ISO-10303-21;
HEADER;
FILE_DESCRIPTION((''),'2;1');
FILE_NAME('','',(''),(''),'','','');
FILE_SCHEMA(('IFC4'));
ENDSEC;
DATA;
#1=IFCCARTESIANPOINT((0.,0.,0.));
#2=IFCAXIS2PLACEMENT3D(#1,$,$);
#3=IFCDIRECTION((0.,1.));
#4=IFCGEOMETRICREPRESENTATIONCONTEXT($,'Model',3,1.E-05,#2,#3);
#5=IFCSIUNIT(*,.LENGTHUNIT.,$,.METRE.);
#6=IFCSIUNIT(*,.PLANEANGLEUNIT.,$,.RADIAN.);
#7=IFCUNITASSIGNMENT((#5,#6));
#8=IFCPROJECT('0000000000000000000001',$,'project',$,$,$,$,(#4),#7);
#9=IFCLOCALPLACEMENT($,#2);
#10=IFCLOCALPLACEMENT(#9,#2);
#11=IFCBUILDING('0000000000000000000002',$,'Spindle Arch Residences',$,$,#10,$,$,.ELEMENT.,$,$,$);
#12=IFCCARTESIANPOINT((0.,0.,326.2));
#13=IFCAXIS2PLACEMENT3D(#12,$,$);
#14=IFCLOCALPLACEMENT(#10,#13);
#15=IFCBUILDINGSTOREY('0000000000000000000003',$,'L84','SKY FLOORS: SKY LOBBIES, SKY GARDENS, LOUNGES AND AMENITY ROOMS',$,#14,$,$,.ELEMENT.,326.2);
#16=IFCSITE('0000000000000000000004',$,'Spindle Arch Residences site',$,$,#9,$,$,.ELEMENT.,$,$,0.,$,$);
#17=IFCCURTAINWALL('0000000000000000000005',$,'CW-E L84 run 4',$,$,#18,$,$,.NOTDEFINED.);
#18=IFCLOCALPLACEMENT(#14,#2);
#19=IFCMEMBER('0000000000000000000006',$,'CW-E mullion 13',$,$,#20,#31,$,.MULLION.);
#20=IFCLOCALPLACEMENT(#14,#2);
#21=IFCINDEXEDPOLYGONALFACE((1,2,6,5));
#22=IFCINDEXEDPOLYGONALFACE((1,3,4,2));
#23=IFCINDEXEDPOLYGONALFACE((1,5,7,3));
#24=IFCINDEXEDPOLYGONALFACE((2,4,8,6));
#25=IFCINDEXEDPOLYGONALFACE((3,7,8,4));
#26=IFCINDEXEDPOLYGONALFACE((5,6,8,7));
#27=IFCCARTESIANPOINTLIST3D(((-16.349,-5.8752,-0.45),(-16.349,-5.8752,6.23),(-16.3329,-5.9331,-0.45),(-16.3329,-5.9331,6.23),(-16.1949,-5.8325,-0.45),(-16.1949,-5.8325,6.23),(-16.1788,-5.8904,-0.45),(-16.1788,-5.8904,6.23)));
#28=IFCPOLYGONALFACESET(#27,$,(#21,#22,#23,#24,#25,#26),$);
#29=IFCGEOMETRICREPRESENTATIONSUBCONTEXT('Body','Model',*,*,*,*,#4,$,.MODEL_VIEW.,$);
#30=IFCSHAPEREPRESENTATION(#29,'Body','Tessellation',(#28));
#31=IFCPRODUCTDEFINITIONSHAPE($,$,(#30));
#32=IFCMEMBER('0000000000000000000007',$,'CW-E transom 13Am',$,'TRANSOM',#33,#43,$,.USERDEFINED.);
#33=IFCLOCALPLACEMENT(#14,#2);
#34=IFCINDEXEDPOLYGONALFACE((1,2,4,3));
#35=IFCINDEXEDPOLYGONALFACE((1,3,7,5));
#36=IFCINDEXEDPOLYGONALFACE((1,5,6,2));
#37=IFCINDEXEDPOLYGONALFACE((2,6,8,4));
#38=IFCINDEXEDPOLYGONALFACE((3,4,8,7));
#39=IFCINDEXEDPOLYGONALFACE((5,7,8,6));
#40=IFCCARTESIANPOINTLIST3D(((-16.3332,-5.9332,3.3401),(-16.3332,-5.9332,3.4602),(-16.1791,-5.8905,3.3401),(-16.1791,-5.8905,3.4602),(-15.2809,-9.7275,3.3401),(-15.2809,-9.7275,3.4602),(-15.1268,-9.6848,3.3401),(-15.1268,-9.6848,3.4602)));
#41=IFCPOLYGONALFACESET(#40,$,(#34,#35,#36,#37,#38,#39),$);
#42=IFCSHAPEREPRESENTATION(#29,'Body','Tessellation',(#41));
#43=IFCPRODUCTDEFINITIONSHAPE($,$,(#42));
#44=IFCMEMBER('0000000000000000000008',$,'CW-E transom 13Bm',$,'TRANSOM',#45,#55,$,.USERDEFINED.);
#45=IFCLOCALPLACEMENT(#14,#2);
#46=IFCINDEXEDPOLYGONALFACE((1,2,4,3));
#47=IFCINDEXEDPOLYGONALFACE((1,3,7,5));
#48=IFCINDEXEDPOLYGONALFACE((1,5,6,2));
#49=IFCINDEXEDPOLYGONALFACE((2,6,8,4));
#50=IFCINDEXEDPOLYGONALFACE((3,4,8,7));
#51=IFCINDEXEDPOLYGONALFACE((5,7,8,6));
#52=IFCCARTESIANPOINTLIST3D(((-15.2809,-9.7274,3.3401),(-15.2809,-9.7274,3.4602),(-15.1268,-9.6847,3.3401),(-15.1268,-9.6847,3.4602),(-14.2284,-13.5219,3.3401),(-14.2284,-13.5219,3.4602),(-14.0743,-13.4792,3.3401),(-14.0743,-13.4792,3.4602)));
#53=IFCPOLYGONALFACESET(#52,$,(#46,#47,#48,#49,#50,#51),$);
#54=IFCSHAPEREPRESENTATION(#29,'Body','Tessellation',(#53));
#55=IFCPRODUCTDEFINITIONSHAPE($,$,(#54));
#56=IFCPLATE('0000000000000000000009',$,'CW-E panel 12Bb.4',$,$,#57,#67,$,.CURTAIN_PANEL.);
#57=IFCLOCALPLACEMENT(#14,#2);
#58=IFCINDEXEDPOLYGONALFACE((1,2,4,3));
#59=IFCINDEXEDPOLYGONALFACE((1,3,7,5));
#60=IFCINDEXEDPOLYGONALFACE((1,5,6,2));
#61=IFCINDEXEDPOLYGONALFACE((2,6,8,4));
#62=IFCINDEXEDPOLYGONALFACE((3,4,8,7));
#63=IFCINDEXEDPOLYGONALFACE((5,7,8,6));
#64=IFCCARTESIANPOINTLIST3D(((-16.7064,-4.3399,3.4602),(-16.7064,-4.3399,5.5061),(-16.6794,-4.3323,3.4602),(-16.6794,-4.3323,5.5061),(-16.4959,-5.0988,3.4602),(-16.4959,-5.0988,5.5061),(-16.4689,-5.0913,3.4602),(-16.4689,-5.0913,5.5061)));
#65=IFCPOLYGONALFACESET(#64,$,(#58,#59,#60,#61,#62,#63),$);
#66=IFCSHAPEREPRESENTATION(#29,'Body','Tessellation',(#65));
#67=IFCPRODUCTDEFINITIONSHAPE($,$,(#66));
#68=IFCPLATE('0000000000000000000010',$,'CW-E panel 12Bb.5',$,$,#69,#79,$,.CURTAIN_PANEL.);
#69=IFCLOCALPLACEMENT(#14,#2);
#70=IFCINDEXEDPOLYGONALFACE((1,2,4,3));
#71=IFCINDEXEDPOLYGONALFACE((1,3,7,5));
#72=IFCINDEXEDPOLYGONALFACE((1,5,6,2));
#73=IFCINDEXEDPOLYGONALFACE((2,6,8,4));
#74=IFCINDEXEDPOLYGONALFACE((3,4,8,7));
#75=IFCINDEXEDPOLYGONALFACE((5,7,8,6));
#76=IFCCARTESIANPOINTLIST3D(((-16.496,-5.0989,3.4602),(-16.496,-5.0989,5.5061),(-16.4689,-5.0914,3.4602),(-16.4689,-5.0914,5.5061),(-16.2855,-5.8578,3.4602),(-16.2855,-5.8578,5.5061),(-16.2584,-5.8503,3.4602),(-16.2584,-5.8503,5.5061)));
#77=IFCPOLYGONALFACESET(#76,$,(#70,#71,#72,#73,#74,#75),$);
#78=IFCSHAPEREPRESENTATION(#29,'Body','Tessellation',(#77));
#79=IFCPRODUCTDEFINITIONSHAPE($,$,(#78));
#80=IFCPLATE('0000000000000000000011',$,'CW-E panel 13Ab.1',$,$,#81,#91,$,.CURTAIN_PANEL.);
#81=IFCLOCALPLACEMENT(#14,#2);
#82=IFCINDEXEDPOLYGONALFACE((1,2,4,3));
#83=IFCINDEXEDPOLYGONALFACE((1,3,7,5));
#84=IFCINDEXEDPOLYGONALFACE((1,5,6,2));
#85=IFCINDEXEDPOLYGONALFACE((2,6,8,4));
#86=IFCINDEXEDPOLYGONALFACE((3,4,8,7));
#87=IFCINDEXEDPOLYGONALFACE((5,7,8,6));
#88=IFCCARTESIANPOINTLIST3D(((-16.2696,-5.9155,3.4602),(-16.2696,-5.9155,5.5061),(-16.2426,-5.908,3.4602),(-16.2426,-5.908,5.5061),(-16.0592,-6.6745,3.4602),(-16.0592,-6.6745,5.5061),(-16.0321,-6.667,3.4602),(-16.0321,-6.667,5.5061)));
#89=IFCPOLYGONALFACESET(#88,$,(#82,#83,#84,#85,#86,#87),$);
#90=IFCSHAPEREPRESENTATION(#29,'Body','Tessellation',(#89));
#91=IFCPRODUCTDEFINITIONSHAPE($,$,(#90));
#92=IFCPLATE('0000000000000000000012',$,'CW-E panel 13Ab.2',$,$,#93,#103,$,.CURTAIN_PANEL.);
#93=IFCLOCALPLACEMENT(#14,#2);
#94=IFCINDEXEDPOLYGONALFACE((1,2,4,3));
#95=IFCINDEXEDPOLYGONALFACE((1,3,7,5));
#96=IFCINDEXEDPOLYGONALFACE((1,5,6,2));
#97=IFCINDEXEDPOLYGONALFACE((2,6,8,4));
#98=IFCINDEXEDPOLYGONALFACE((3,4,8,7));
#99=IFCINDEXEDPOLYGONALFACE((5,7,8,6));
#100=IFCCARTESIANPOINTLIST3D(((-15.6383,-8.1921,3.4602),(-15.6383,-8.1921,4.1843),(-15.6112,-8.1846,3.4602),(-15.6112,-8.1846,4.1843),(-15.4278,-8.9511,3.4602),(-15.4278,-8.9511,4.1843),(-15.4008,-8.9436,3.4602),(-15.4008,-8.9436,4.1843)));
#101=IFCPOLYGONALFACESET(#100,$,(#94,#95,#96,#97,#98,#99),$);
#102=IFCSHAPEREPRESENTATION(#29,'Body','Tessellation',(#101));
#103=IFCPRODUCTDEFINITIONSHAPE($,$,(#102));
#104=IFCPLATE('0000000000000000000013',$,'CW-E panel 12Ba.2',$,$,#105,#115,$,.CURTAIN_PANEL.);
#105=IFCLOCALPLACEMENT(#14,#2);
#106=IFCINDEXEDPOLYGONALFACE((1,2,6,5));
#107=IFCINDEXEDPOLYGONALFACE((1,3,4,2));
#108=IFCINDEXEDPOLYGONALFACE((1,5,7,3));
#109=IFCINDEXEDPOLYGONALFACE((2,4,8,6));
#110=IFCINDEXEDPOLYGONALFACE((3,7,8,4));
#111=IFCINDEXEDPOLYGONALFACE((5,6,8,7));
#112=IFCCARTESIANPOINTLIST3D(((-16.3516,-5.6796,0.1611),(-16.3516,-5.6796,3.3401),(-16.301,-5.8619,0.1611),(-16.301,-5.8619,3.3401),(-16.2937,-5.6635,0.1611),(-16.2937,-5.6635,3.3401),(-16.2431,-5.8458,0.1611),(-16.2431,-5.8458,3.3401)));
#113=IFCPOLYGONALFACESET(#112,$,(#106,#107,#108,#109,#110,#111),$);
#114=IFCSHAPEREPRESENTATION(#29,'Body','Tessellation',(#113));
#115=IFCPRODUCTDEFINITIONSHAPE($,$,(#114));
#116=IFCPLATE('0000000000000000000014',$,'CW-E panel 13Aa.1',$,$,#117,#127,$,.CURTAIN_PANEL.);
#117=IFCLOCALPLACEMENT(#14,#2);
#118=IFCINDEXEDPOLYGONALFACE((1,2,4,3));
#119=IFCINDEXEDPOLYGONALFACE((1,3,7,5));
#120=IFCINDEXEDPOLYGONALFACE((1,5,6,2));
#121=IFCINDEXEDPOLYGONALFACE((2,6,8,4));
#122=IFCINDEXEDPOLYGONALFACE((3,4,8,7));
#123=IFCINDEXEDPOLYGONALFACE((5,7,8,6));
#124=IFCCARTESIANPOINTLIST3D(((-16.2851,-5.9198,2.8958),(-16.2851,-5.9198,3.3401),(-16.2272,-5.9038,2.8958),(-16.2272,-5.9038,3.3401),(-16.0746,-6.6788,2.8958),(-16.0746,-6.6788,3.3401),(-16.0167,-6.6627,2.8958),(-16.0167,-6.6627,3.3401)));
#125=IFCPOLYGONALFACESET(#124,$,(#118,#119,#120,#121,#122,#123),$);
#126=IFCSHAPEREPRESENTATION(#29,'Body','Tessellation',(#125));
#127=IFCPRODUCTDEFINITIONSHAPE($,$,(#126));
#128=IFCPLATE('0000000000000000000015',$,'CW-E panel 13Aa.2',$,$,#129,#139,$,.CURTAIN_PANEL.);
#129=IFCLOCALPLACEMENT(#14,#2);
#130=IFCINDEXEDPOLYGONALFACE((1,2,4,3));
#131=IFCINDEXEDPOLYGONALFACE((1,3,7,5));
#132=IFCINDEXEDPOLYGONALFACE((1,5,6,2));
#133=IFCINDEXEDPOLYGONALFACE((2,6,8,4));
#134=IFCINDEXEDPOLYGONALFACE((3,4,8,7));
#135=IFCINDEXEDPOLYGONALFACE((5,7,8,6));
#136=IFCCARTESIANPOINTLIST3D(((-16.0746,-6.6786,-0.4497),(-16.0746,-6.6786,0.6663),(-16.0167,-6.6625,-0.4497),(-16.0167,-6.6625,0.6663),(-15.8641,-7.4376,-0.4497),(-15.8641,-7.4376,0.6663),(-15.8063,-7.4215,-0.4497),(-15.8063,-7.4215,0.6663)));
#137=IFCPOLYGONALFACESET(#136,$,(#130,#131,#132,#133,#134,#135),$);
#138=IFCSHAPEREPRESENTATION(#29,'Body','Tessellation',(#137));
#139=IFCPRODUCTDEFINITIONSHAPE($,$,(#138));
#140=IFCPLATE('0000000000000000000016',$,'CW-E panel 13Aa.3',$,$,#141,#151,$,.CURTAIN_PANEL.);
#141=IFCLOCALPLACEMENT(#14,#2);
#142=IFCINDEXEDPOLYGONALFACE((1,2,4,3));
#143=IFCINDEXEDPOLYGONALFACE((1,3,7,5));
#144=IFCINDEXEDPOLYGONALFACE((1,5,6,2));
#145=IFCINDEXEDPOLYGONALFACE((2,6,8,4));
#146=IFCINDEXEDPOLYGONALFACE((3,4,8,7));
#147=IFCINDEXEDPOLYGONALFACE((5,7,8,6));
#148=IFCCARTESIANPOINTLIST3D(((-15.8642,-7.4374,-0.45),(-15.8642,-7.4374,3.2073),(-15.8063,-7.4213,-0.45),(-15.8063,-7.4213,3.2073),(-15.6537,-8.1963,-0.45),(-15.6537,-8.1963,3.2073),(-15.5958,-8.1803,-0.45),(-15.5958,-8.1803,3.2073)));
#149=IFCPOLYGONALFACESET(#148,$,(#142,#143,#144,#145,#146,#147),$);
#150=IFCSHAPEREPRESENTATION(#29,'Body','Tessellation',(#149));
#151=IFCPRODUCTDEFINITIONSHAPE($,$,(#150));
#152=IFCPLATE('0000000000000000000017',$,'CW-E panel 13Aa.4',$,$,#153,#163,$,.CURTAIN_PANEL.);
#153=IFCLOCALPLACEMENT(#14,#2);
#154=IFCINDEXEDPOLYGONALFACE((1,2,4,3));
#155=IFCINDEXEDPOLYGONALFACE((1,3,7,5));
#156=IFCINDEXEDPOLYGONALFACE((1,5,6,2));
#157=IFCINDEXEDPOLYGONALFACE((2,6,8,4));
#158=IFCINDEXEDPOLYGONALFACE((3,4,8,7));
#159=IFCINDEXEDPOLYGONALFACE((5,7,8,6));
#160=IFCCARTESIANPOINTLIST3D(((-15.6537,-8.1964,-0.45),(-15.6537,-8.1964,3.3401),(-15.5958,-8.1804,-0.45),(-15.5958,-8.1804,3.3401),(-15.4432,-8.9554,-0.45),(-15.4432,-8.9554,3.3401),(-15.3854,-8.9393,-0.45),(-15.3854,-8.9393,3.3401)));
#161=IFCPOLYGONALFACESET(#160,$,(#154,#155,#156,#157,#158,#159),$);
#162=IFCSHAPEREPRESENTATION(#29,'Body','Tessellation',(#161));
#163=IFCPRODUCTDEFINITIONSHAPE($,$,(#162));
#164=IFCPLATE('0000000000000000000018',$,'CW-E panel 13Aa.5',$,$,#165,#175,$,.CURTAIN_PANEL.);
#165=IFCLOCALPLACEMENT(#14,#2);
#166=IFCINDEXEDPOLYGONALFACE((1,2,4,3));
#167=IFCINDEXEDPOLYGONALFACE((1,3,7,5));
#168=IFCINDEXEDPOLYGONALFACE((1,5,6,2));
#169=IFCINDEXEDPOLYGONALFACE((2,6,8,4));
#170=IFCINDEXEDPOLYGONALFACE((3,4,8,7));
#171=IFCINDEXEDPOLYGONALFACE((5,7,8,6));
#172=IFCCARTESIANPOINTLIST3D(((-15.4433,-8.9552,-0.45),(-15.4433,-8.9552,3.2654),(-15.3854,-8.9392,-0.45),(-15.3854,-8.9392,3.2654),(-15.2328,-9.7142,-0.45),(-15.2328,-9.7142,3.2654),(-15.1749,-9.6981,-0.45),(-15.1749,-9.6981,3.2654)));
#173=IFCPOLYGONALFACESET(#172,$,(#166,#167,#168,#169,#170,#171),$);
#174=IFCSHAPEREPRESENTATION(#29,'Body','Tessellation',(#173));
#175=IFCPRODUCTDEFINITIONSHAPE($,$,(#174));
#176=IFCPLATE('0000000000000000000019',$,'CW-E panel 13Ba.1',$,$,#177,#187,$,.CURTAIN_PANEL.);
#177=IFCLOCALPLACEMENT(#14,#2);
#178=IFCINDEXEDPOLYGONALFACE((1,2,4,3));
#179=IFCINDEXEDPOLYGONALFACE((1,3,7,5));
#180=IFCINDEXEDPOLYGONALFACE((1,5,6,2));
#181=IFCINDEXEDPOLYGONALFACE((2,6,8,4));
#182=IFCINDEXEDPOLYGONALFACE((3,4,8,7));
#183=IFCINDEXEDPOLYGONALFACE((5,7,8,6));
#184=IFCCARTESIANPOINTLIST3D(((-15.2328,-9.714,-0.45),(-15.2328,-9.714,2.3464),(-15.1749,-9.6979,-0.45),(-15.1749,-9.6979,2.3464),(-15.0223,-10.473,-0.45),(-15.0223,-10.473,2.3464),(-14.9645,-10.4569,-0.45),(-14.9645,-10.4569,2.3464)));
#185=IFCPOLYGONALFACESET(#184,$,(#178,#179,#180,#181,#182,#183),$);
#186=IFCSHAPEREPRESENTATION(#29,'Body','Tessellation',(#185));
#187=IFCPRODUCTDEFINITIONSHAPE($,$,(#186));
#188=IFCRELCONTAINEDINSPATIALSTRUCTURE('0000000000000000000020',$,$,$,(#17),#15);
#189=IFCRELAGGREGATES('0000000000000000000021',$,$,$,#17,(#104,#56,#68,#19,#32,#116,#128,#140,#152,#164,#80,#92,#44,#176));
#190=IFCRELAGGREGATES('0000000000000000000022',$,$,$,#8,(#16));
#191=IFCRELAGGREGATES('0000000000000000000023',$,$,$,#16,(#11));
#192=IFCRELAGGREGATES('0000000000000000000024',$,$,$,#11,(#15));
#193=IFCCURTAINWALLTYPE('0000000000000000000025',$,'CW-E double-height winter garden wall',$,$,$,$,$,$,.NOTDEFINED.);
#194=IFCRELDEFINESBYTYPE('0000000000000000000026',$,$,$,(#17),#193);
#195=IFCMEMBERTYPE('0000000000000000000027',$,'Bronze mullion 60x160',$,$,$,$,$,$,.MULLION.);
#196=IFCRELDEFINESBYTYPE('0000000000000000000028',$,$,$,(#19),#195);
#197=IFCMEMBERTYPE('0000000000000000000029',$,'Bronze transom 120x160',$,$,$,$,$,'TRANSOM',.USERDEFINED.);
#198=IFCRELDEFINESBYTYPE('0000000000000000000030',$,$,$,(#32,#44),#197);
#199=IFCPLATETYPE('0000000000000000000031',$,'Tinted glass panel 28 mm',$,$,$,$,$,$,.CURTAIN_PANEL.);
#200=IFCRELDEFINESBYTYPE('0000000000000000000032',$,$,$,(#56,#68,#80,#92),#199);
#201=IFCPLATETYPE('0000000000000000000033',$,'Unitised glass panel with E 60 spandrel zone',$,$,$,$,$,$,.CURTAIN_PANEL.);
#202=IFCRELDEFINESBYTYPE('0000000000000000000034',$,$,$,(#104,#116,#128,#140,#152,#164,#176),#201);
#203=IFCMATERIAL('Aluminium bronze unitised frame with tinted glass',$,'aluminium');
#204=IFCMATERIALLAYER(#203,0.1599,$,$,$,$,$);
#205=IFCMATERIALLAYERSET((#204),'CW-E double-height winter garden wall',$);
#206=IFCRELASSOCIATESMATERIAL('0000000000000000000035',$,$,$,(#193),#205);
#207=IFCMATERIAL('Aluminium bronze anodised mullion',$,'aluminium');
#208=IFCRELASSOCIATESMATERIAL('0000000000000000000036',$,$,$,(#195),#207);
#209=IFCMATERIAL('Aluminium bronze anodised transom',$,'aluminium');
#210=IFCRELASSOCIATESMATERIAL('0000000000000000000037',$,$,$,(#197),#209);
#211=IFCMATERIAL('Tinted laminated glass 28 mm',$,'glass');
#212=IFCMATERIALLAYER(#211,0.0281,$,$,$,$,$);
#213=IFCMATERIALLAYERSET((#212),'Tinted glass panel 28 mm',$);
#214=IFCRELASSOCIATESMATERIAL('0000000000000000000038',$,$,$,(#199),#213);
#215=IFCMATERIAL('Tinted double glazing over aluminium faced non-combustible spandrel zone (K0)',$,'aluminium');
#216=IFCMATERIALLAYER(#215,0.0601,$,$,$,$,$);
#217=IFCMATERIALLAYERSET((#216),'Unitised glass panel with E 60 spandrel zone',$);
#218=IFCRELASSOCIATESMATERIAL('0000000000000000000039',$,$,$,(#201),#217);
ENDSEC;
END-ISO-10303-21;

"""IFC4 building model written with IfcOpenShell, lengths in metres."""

from ifc_helpers import new_model, si_unit, direction, frame, origin, origin_2d, place, context, subcontext, project, spatial, rectangle, extrude, material, layer, layer_set, material_profile, profile_set, type_object, element, aggregate, save


model = new_model("IFC4")

# Units and contexts
model_context = context("Model", 3, precision=1e-05, world=origin(), true_north=direction((0.0, 1.0)))
body_context = subcontext(model_context, "Body", "Model", "MODEL_VIEW")
ifc_project = project(units=[si_unit("LENGTHUNIT", "METRE"), si_unit("PLANEANGLEUNIT", "RADIAN")], contexts=[model_context])

# Site, building, storey
site_placement = place(None, origin())
site = spatial("IfcSite", under=ifc_project, at=site_placement, Name="Spindle Arch Residences site", CompositionType="ELEMENT", RefElevation=0.0)
building_placement = place(site_placement, origin())
building = spatial("IfcBuilding", under=site, at=building_placement, Name="Spindle Arch Residences", CompositionType="ELEMENT")
storey_placement = place(building_placement, frame((0.0, 0.0, 326.2)))
storey = spatial("IfcBuildingStorey", under=building, at=storey_placement, Name="L84", Description="SKY FLOORS: SKY LOBBIES, SKY GARDENS, LOUNGES AND AMENITY ROOMS", CompositionType="ELEMENT", Elevation=326.2)

# Curtain wall, members, plates
ifc_material_1 = material(Name="Aluminium bronze unitised frame with tinted glass", Category="aluminium")
ifc_layer_1 = layer(ifc_material_1, 0.1599)
ifc_layer_set_1 = layer_set([ifc_layer_1], Name="CW-E double-height winter garden wall")
curtain_wall_type = type_object("IfcCurtainWallType", Name="CW-E double-height winter garden wall", PredefinedType="NOTDEFINED", material=ifc_layer_set_1)
curtain_wall_placement = place(storey_placement, origin())
curtain_wall = element("IfcCurtainWall", 1, at=curtain_wall_placement, inside=storey, type_object=curtain_wall_type, Name="CW-E L84 run 4", PredefinedType="NOTDEFINED")
ifc_material_2 = material(Name="Aluminium bronze anodised mullion", Category="aluminium")
ifc_material_profile_1 = material_profile(ifc_material_2, rectangle(XDim=0.1599, YDim=0.0601, at=origin_2d()), Name="MU 60x160")
ifc_profile_set_1 = profile_set([ifc_material_profile_1], Name="Aluminium bronze anodised mullion")
member_type_1 = type_object("IfcMemberType", Name="Bronze mullion 60x160", PredefinedType="MULLION", material=ifc_profile_set_1)
member_1_placement = place(storey_placement, frame((-16.2639, -5.8828, -0.45), z_axis=(0.0, 0.0, 1.0), x_axis=(0.96363, 0.267238, 0.0)))
member_1 = element("IfcMember", 2, at=member_1_placement, type_object=member_type_1, Name="CW-E mullion 13", PredefinedType="MULLION", context=body_context, shape_type="SweptSolid", body=[
    extrude(rectangle(XDim=0.1599, YDim=0.0601, at=origin_2d()), origin(), (0.0, 0.0, 1.0), 6.6799),
])
ifc_material_3 = material(Name="Aluminium bronze anodised transom", Category="aluminium")
ifc_material_profile_2 = material_profile(ifc_material_3, rectangle(XDim=0.1599, YDim=0.1201, at=origin_2d()), Name="TR 120x160")
ifc_profile_set_2 = profile_set([ifc_material_profile_2], Name="Aluminium bronze anodised transom")
member_type_2 = type_object("IfcMemberType", Name="Bronze transom 120x160", ElementType="TRANSOM", PredefinedType="USERDEFINED", material=ifc_profile_set_2)
member_2_placement = place(storey_placement, frame((-16.2561, -5.9119, 3.4001), z_axis=(0.267244, -0.963629, 0.0), x_axis=(0.963629, 0.267244, 0.0)))
member_2 = element("IfcMember", 3, at=member_2_placement, type_object=member_type_2, Name="CW-E transom 13Am", ObjectType="TRANSOM", PredefinedType="USERDEFINED", context=body_context, shape_type="SweptSolid", body=[
    extrude(rectangle(XDim=0.1599, YDim=0.1201, at=origin_2d()), origin(), (0.0, 0.0, 1.0), 3.9375),
])
member_3_placement = place(storey_placement, frame((-15.2039, -9.7061, 3.4001), z_axis=(0.267286, -0.963617, 0.0), x_axis=(0.963617, 0.267286, 0.0)))
member_3 = element("IfcMember", 4, at=member_3_placement, type_object=member_type_2, Name="CW-E transom 13Bm", ObjectType="TRANSOM", PredefinedType="USERDEFINED", context=body_context, shape_type="SweptSolid", body=[
    extrude(rectangle(XDim=0.1599, YDim=0.1201, at=origin_2d()), origin(), (0.0, 0.0, 1.0), 3.9377),
])
ifc_material_4 = material(Name="Tinted laminated glass 28 mm", Category="glass")
ifc_layer_2 = layer(ifc_material_4, 0.0281)
ifc_layer_set_2 = layer_set([ifc_layer_2], Name="Tinted glass panel 28 mm")
plate_type_1 = type_object("IfcPlateType", Name="Tinted glass panel 28 mm", PredefinedType="CURTAIN_PANEL", material=ifc_layer_set_2)
plate_1_placement = place(storey_placement, frame((-16.5876, -4.7156, 3.4602), z_axis=(0.0, 0.0, 1.0), x_axis=(0.267238, -0.96363, 0.0)))
plate_1 = element("IfcPlate", 5, at=plate_1_placement, type_object=plate_type_1, Name="CW-E panel 12Bb.4", PredefinedType="CURTAIN_PANEL", context=body_context, shape_type="SweptSolid", body=[
    extrude(rectangle(XDim=0.7876, YDim=0.0281, at=origin_2d()), origin(), (0.0, 0.0, 1.0), 2.0459),
])
plate_2_placement = place(storey_placement, frame((-16.3772, -5.4746, 3.4602), z_axis=(0.0, 0.0, 1.0), x_axis=(0.267238, -0.96363, 0.0)))
plate_2 = element("IfcPlate", 6, at=plate_2_placement, type_object=plate_type_1, Name="CW-E panel 12Bb.5", PredefinedType="CURTAIN_PANEL", context=body_context, shape_type="SweptSolid", body=[
    extrude(rectangle(XDim=0.7876, YDim=0.0281, at=origin_2d()), origin(), (0.0, 0.0, 1.0), 2.0459),
])
plate_3_placement = place(storey_placement, frame((-16.1509, -6.2913, 3.4602), z_axis=(0.0, 0.0, 1.0), x_axis=(0.267238, -0.96363, 0.0)))
plate_3 = element("IfcPlate", 7, at=plate_3_placement, type_object=plate_type_1, Name="CW-E panel 13Ab.1", PredefinedType="CURTAIN_PANEL", context=body_context, shape_type="SweptSolid", body=[
    extrude(rectangle(XDim=0.7876, YDim=0.0281, at=origin_2d()), origin(), (0.0, 0.0, 1.0), 2.0459),
])
plate_4_placement = place(storey_placement, frame((-15.5195, -8.5679, 3.4602), z_axis=(0.0, 0.0, 1.0), x_axis=(0.267238, -0.96363, 0.0)))
plate_4 = element("IfcPlate", 8, at=plate_4_placement, type_object=plate_type_1, Name="CW-E panel 13Ab.2", PredefinedType="CURTAIN_PANEL", context=body_context, shape_type="SweptSolid", body=[
    extrude(rectangle(XDim=0.7876, YDim=0.0281, at=origin_2d()), origin(), (0.0, 0.0, 1.0), 0.7241),
])
ifc_material_5 = material(Name="Tinted double glazing over aluminium faced non-combustible spandrel zone (K0)", Category="aluminium")
ifc_layer_3 = layer(ifc_material_5, 0.0601)
ifc_layer_set_3 = layer_set([ifc_layer_3], Name="Unitised glass panel with E 60 spandrel zone")
plate_type_2 = type_object("IfcPlateType", Name="Unitised glass panel with E 60 spandrel zone", PredefinedType="CURTAIN_PANEL", material=ifc_layer_set_3)
plate_5_placement = place(storey_placement, frame((-16.2974, -5.7627, 0.1611), z_axis=(0.0, 0.0, 1.0), x_axis=(0.267238, -0.96363, 0.0)))
plate_5 = element("IfcPlate", 9, at=plate_5_placement, type_object=plate_type_2, Name="CW-E panel 12Ba.2", PredefinedType="CURTAIN_PANEL", context=body_context, shape_type="SweptSolid", body=[
    extrude(rectangle(XDim=0.1892, YDim=0.0601, at=origin_2d()), origin(), (0.0, 0.0, 1.0), 3.179),
])
plate_6_placement = place(storey_placement, frame((-16.1509, -6.2913, 2.8958), z_axis=(0.0, 0.0, 1.0), x_axis=(0.267238, -0.96363, 0.0)))
plate_6 = element("IfcPlate", 10, at=plate_6_placement, type_object=plate_type_2, Name="CW-E panel 13Aa.1", PredefinedType="CURTAIN_PANEL", context=body_context, shape_type="SweptSolid", body=[
    extrude(rectangle(XDim=0.7876, YDim=0.0601, at=origin_2d()), origin(), (0.0, 0.0, 1.0), 0.4443),
])
plate_7_placement = place(storey_placement, frame((-15.9404, -7.05, -0.4497), z_axis=(0.0, 0.0, 1.0), x_axis=(0.267238, -0.96363, 0.0)))
plate_7 = element("IfcPlate", 11, at=plate_7_placement, type_object=plate_type_2, Name="CW-E panel 13Aa.2", PredefinedType="CURTAIN_PANEL", context=body_context, shape_type="SweptSolid", body=[
    extrude(rectangle(XDim=0.7876, YDim=0.0601, at=origin_2d()), origin(), (0.0, 0.0, 1.0), 1.116),
])
plate_8_placement = place(storey_placement, frame((-15.73, -7.8088, -0.45), z_axis=(0.0, 0.0, 1.0), x_axis=(0.267238, -0.96363, 0.0)))
plate_8 = element("IfcPlate", 12, at=plate_8_placement, type_object=plate_type_2, Name="CW-E panel 13Aa.3", PredefinedType="CURTAIN_PANEL", context=body_context, shape_type="SweptSolid", body=[
    extrude(rectangle(XDim=0.7876, YDim=0.0601, at=origin_2d()), origin(), (0.0, 0.0, 1.0), 3.6572),
])
plate_9_placement = place(storey_placement, frame((-15.5195, -8.5679, -0.45), z_axis=(0.0, 0.0, 1.0), x_axis=(0.267238, -0.96363, 0.0)))
plate_9 = element("IfcPlate", 13, at=plate_9_placement, type_object=plate_type_2, Name="CW-E panel 13Aa.4", PredefinedType="CURTAIN_PANEL", context=body_context, shape_type="SweptSolid", body=[
    extrude(rectangle(XDim=0.7876, YDim=0.0601, at=origin_2d()), origin(), (0.0, 0.0, 1.0), 3.79),
])
plate_10_placement = place(storey_placement, frame((-15.3091, -9.3267, -0.45), z_axis=(0.0, 0.0, 1.0), x_axis=(0.267238, -0.96363, 0.0)))
plate_10 = element("IfcPlate", 14, at=plate_10_placement, type_object=plate_type_2, Name="CW-E panel 13Aa.5", PredefinedType="CURTAIN_PANEL", context=body_context, shape_type="SweptSolid", body=[
    extrude(rectangle(XDim=0.7876, YDim=0.0601, at=origin_2d()), origin(), (0.0, 0.0, 1.0), 3.7153),
])
plate_11_placement = place(storey_placement, frame((-15.0986, -10.0854, -0.45), z_axis=(0.0, 0.0, 1.0), x_axis=(0.267238, -0.96363, 0.0)))
plate_11 = element("IfcPlate", 15, at=plate_11_placement, type_object=plate_type_2, Name="CW-E panel 13Ba.1", PredefinedType="CURTAIN_PANEL", context=body_context, shape_type="SweptSolid", body=[
    extrude(rectangle(XDim=0.7876, YDim=0.0601, at=origin_2d()), origin(), (0.0, 0.0, 1.0), 2.7964),
])
aggregate(curtain_wall, [plate_5, plate_1, plate_2, member_1, member_2, plate_6, plate_7, plate_8, plate_9, plate_10, plate_3, plate_4, member_3, plate_11])

save(model, "model.ifc")
